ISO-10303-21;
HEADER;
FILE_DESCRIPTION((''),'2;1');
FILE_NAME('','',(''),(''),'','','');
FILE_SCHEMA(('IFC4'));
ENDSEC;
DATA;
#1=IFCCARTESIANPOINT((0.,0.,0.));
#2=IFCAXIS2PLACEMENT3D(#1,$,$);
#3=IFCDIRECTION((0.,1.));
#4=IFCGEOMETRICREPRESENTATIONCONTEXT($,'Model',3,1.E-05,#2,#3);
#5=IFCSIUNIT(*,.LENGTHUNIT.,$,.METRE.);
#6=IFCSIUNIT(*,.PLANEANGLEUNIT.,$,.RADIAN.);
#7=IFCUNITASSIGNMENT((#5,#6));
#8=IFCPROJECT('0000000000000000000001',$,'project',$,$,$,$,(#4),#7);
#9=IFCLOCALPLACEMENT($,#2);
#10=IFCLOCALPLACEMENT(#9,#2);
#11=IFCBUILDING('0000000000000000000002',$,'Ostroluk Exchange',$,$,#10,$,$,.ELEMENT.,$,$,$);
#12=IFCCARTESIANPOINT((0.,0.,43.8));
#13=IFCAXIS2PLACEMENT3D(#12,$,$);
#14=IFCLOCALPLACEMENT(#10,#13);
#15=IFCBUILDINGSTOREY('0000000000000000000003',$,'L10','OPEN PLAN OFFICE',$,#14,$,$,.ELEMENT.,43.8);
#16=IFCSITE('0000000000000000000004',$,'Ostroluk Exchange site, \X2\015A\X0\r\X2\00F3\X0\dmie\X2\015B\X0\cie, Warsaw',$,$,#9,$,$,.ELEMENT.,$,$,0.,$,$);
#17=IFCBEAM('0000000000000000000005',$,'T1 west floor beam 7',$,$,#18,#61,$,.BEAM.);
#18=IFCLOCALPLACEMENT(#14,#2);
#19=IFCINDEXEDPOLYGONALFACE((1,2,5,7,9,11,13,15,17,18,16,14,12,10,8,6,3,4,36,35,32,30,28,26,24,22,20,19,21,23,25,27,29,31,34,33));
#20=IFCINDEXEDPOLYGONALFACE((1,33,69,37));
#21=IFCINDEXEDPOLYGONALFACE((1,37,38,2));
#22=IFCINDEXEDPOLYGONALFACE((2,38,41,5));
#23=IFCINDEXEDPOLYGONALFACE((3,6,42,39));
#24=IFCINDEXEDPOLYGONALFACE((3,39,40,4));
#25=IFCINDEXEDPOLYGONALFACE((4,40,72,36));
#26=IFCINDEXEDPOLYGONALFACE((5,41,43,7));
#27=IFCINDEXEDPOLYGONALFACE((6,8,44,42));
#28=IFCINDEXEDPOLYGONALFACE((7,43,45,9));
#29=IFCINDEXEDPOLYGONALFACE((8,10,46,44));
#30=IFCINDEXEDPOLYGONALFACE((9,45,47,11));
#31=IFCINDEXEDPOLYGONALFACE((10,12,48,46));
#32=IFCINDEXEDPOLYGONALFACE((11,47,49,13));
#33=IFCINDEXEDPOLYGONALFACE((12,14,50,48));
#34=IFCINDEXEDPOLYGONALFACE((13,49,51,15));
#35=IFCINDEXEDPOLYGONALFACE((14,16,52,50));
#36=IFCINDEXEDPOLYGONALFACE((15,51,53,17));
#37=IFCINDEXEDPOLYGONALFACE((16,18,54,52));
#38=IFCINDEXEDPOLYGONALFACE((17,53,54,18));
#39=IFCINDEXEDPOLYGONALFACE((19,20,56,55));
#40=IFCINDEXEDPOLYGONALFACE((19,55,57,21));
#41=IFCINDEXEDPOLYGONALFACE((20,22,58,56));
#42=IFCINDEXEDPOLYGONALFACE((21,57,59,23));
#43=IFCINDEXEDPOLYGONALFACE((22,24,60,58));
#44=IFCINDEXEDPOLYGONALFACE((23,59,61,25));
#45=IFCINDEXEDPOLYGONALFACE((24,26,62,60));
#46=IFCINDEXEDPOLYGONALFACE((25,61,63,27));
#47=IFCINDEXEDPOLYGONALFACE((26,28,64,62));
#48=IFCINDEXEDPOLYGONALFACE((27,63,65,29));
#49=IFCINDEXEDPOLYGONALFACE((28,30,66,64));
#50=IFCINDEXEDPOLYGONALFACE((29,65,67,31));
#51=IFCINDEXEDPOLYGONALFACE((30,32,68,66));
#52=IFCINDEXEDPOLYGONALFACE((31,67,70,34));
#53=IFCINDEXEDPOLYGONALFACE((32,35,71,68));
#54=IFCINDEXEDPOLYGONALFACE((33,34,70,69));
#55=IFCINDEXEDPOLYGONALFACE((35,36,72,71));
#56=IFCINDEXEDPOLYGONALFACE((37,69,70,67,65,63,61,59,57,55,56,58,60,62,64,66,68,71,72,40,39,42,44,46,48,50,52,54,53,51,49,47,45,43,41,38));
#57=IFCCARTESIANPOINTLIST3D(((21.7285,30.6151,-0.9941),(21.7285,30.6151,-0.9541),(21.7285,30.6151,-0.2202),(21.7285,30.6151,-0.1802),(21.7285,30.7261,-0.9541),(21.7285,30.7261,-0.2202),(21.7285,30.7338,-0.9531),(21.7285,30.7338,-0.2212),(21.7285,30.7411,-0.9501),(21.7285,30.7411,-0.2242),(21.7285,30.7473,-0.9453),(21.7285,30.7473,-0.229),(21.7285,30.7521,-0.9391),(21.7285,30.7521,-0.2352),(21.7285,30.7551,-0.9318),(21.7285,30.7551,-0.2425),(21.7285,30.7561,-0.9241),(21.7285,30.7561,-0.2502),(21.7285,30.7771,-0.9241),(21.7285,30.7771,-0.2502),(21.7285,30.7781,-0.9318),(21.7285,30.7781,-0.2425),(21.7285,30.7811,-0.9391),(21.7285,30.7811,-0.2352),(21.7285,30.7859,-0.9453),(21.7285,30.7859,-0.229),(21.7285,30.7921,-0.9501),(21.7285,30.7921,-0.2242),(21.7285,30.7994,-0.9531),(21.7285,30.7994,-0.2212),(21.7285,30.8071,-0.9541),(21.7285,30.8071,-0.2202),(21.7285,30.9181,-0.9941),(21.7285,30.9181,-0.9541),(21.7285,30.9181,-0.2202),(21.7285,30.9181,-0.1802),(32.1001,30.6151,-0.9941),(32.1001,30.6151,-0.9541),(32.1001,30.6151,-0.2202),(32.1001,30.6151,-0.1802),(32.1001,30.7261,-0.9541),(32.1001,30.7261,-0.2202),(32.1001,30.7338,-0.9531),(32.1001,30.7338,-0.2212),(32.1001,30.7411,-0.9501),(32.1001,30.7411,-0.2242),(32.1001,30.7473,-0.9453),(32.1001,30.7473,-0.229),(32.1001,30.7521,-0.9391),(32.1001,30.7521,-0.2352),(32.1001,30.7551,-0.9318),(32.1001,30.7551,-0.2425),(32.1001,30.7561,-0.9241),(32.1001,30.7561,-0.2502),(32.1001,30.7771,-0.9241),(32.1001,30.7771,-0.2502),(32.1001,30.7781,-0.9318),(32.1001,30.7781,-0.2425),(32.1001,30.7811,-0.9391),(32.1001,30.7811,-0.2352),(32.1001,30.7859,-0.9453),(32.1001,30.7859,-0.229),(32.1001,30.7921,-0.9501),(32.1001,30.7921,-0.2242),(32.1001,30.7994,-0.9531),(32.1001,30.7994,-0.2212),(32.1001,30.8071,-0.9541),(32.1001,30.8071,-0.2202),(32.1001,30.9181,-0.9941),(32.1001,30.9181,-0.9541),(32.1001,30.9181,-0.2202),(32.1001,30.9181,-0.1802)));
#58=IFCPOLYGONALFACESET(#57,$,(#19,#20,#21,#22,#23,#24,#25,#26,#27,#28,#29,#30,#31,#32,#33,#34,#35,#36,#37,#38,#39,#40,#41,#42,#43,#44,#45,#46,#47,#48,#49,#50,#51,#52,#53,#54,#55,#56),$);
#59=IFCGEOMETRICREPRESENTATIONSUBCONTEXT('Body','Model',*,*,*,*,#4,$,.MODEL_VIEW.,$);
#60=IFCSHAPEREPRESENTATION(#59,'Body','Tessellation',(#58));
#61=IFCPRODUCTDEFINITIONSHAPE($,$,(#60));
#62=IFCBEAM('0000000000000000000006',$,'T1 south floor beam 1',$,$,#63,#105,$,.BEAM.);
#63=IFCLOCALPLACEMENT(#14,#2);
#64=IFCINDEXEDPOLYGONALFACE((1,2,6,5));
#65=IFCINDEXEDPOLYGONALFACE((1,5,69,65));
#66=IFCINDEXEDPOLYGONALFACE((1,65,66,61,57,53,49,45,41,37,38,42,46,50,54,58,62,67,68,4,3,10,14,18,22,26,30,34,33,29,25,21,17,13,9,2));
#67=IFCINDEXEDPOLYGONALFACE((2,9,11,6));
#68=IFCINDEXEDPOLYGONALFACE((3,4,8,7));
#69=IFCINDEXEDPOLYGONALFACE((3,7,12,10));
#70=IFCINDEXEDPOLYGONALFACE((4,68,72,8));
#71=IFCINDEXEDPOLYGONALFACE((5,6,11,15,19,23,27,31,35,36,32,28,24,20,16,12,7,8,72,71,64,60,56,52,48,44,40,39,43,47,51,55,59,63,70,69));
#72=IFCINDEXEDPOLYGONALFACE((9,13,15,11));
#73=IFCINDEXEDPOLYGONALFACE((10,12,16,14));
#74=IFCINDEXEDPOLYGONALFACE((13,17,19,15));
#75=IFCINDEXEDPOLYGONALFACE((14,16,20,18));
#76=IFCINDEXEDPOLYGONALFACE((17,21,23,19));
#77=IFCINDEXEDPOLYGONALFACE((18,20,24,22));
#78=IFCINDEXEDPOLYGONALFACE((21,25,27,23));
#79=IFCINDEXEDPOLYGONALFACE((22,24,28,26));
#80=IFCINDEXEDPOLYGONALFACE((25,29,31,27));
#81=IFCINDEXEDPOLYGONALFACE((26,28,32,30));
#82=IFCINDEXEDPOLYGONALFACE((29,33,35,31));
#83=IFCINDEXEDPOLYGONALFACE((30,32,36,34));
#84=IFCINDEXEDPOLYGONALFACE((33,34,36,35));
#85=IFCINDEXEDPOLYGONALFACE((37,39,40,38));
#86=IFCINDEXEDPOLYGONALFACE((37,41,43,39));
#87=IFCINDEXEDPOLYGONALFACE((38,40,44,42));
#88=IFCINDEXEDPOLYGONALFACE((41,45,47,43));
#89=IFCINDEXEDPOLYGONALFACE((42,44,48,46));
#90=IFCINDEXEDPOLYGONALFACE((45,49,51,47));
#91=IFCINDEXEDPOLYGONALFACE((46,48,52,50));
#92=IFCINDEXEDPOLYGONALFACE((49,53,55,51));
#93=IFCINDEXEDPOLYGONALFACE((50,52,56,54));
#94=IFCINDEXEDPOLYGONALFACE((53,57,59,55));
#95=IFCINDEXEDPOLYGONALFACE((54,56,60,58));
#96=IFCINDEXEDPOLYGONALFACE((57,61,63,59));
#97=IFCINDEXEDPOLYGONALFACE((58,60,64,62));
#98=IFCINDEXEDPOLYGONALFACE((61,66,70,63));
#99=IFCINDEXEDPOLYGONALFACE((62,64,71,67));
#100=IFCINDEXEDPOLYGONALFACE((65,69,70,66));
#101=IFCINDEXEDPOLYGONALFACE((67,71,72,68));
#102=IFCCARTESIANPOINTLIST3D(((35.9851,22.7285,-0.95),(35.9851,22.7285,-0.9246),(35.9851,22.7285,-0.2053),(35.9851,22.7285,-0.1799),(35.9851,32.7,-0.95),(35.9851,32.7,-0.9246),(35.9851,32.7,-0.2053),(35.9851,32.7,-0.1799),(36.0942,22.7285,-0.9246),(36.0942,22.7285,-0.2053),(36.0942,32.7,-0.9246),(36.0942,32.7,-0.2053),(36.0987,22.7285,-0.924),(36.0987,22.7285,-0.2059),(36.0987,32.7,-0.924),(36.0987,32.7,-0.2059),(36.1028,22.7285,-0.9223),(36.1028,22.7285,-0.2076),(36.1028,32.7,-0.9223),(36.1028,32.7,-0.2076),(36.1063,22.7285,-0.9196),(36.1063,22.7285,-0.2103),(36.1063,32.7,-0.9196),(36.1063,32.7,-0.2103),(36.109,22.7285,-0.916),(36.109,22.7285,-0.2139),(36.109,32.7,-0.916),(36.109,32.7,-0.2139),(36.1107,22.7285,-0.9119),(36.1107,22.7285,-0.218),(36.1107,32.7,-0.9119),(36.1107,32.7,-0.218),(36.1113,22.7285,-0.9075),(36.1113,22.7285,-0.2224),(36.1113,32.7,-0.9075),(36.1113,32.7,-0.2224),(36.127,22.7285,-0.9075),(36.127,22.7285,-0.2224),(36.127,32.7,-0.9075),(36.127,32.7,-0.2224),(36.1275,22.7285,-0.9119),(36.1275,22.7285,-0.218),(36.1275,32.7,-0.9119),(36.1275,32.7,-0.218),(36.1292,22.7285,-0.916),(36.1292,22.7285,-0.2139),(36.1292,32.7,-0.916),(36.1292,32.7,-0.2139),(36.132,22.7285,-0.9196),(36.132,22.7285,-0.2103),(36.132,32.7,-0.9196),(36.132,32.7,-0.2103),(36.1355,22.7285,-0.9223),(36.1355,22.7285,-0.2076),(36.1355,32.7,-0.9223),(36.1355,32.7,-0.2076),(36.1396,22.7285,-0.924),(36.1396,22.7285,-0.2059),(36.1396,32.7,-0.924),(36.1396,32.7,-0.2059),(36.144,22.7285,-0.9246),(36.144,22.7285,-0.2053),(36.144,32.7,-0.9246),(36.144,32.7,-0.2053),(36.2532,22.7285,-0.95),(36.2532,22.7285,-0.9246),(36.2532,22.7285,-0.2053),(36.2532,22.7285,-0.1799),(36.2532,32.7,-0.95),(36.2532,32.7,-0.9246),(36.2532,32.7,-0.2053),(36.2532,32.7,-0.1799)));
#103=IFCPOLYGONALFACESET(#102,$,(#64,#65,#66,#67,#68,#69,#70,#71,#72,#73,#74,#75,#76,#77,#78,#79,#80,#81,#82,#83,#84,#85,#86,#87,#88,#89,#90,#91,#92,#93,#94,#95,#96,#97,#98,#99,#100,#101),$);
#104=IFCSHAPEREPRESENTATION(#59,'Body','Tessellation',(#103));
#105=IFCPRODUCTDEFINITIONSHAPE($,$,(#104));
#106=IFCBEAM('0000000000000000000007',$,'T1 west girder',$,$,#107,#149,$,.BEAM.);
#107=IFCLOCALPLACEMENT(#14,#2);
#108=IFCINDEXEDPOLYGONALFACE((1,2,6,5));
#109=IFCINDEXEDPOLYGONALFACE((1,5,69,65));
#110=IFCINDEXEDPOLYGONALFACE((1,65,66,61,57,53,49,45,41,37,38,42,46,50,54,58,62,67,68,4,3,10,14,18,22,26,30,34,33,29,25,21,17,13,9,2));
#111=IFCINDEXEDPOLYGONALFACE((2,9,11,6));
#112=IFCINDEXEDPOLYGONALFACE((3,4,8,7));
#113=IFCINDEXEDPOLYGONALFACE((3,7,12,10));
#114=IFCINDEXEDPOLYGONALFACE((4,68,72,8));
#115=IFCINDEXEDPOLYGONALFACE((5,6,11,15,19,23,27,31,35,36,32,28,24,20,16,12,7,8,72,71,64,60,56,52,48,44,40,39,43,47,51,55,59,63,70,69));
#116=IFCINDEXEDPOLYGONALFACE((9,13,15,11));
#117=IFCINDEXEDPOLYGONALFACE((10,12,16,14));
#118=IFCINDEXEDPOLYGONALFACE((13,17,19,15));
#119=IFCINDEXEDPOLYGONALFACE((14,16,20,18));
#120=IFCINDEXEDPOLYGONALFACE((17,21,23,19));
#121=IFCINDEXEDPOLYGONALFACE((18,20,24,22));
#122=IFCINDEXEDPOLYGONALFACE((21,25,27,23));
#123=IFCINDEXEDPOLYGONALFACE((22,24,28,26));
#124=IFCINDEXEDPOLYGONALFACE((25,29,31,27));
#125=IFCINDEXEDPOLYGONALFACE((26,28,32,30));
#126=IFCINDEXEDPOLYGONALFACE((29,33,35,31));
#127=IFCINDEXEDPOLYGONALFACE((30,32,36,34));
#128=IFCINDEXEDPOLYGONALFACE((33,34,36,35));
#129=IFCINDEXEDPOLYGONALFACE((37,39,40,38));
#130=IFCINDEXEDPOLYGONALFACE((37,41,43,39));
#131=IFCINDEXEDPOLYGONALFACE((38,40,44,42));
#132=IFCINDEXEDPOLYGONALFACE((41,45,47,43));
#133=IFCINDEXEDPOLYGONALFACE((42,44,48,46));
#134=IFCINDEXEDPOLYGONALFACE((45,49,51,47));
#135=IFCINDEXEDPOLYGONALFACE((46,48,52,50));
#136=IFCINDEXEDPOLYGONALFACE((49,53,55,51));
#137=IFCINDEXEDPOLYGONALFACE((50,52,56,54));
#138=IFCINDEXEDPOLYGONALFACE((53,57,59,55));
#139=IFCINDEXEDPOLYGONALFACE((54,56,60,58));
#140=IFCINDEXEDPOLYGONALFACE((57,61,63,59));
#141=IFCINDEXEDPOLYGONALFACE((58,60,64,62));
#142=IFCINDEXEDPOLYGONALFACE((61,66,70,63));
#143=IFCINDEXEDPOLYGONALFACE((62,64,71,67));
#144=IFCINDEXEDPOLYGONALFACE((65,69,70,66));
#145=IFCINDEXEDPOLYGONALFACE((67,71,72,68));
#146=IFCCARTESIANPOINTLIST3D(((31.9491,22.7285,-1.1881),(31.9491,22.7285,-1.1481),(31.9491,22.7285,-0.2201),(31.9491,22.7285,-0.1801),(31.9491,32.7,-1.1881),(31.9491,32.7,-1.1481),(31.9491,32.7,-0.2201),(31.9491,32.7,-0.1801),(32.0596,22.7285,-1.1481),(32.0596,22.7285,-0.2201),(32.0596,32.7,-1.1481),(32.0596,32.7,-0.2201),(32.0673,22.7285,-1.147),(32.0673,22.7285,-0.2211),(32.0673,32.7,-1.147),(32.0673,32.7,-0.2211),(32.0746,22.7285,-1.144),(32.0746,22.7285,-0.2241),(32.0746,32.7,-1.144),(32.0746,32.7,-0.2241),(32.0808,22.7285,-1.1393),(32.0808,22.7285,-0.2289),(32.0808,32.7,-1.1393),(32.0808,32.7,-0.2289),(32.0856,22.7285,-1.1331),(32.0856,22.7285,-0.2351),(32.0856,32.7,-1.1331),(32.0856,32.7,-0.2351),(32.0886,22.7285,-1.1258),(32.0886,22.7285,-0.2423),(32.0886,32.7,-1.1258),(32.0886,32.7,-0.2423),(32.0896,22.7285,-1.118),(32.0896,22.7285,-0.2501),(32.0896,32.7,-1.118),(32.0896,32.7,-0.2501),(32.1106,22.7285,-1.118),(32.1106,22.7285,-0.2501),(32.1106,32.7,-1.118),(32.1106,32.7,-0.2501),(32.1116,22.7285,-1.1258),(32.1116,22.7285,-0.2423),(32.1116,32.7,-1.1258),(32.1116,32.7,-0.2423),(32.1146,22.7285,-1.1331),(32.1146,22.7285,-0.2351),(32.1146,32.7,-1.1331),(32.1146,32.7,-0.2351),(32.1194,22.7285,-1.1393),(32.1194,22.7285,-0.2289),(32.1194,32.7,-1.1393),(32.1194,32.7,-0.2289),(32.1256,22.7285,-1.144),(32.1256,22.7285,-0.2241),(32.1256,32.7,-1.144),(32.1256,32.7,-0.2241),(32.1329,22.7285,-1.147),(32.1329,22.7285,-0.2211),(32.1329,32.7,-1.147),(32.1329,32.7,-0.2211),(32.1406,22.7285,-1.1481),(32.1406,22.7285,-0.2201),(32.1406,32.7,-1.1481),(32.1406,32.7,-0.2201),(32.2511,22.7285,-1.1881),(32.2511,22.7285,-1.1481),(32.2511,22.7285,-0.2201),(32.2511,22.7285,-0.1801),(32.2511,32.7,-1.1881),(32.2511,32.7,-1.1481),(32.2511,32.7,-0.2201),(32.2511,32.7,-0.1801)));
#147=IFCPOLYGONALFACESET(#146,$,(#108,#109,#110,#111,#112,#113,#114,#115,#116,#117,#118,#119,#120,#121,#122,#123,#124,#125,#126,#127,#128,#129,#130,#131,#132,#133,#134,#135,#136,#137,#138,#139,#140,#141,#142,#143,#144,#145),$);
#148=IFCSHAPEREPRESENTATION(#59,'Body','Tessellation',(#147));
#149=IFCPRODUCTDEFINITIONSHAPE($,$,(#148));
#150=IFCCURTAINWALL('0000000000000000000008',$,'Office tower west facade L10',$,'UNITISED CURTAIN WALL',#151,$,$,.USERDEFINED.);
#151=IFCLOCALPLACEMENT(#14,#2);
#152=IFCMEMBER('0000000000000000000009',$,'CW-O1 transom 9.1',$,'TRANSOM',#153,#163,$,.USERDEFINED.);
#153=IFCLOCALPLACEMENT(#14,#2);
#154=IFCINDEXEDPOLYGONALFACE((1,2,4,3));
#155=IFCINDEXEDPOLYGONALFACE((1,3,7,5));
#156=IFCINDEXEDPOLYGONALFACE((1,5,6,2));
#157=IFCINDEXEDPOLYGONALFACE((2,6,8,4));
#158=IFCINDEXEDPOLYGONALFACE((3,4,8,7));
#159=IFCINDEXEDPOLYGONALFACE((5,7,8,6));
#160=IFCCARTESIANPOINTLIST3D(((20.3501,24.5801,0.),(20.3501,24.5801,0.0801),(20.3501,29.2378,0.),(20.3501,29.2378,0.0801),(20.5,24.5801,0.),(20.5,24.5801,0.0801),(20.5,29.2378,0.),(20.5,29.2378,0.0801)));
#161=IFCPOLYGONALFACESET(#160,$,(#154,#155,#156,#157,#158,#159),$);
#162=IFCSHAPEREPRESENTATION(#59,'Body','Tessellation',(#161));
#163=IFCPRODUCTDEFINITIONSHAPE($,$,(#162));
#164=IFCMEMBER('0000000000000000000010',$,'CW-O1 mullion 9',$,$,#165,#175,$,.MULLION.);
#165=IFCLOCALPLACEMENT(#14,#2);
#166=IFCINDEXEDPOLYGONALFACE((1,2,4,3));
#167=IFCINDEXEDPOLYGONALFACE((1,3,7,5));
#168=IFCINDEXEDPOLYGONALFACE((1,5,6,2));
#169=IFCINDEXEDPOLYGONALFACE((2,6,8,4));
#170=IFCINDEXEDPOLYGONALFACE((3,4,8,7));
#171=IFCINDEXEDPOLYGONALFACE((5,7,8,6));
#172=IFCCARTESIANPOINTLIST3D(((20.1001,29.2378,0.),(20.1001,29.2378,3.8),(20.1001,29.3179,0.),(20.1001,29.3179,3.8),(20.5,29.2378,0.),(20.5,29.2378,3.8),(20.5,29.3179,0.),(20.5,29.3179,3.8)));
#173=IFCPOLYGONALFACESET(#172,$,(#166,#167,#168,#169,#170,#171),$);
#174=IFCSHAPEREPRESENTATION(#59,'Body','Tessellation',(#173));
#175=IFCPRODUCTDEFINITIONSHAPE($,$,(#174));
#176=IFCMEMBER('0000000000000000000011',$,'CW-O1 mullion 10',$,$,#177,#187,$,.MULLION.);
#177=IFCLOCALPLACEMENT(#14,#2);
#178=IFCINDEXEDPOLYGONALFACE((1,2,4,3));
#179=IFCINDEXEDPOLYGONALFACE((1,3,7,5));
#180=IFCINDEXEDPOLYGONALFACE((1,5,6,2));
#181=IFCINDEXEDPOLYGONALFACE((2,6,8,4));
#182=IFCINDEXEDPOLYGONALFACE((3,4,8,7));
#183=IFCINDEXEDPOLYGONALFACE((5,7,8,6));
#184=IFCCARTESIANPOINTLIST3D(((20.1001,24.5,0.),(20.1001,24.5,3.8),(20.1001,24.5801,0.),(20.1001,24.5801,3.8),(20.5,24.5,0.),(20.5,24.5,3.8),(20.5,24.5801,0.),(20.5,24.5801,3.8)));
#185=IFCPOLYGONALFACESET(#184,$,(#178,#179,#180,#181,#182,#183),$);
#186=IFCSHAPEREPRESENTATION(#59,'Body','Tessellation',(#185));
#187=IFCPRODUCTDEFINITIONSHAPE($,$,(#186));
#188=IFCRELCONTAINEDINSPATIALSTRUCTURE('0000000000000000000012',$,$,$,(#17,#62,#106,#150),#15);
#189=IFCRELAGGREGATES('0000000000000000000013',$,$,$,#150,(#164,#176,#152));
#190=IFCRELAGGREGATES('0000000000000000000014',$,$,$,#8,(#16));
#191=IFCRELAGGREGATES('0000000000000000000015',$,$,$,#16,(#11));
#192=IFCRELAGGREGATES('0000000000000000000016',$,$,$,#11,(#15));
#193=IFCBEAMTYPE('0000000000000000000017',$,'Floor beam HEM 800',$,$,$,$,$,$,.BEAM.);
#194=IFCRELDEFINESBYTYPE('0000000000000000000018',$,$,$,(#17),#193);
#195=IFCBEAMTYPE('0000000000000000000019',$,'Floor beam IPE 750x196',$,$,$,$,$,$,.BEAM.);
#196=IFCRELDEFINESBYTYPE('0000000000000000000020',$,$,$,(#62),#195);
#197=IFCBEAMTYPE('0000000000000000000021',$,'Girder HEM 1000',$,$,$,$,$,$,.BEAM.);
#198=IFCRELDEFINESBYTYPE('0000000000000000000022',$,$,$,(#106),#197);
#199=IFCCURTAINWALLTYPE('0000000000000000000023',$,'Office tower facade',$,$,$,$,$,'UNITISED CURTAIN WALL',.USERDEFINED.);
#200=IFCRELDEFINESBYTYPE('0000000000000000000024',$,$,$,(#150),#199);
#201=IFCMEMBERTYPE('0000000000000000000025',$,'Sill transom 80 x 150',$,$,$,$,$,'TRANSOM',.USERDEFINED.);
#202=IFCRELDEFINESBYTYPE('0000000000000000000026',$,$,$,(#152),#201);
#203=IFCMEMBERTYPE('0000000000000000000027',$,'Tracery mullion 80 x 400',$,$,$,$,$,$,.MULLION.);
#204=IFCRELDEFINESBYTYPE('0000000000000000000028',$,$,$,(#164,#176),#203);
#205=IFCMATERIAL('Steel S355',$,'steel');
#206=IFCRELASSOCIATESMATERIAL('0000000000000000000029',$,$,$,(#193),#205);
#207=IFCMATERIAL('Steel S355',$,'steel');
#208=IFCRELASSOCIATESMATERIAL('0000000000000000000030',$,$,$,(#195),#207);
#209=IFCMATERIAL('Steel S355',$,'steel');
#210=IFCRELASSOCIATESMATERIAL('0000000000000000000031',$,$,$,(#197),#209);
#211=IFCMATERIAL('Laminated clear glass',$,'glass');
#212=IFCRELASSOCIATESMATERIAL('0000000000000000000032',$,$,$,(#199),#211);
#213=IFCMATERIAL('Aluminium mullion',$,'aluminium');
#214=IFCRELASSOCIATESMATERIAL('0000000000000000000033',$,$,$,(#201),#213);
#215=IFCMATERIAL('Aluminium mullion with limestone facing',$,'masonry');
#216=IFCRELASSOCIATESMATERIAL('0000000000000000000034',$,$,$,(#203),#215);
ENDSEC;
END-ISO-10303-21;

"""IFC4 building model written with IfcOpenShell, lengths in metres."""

from ifc_helpers import new_model, si_unit, direction, frame, origin, origin_2d, place, context, subcontext, project, spatial, rectangle, i_section, extrude, material, material_profile, profile_set, type_object, element, aggregate, save


model = new_model("IFC4")

# Units and contexts
model_context = context("Model", 3, precision=1e-05, world=origin(), true_north=direction((0.0, 1.0)))
body_context = subcontext(model_context, "Body", "Model", "MODEL_VIEW")
ifc_project = project(units=[si_unit("LENGTHUNIT", "METRE"), si_unit("PLANEANGLEUNIT", "RADIAN")], contexts=[model_context])

# Site, building, storey
site_placement = place(None, origin())
site = spatial("IfcSite", under=ifc_project, at=site_placement, Name="Ostroluk Exchange site, Śródmieście, Warsaw", CompositionType="ELEMENT", RefElevation=0.0)
building_placement = place(site_placement, origin())
building = spatial("IfcBuilding", under=site, at=building_placement, Name="Ostroluk Exchange", CompositionType="ELEMENT")
storey_placement = place(building_placement, frame((0.0, 0.0, 43.8)))
storey = spatial("IfcBuildingStorey", under=building, at=storey_placement, Name="L10", Description="OPEN PLAN OFFICE", CompositionType="ELEMENT", Elevation=43.8)

# Beams
ifc_material_1 = material(Name="Steel S355", Category="steel")
ifc_material_profile_1 = material_profile(ifc_material_1, i_section(OverallWidth=0.303, OverallDepth=0.814, WebThickness=0.021, FlangeThickness=0.04, FilletRadius=0.03, at=origin_2d()), Name="HEM 800")
ifc_profile_set_1 = profile_set([ifc_material_profile_1], Name="Steel S355")
beam_type_1 = type_object("IfcBeamType", Name="Floor beam HEM 800", PredefinedType="BEAM", material=ifc_profile_set_1)
beam_1_placement = place(storey_placement, frame((32.1001, 30.7666, -0.5872), z_axis=(-1.0, 0.0, 0.0), x_axis=(0.0, -1.0, 0.0)))
element("IfcBeam", 1, at=beam_1_placement, inside=storey, type_object=beam_type_1, Name="T1 west floor beam 7", PredefinedType="BEAM", context=body_context, shape_type="SweptSolid", body=[
    extrude(i_section(OverallWidth=0.303, OverallDepth=0.814, WebThickness=0.021, FlangeThickness=0.04, FilletRadius=0.03, at=origin_2d()), origin(), (0.0, 0.0, 1.0), 10.3716),
])
ifc_material_2 = material(Name="Steel S355", Category="steel")
ifc_material_profile_2 = material_profile(ifc_material_2, i_section(OverallWidth=0.2681, OverallDepth=0.77, WebThickness=0.0156, FlangeThickness=0.0254, FilletRadius=0.0171, at=origin_2d()), Name="IPE 750x196")
ifc_profile_set_2 = profile_set([ifc_material_profile_2], Name="Steel S355")
beam_type_2 = type_object("IfcBeamType", Name="Floor beam IPE 750x196", PredefinedType="BEAM", material=ifc_profile_set_2)
beam_2_placement = place(storey_placement, frame((36.1191, 32.7, -0.5649), z_axis=(0.0, -1.0, 0.0), x_axis=(1.0, 0.0, 0.0)))
element("IfcBeam", 2, at=beam_2_placement, inside=storey, type_object=beam_type_2, Name="T1 south floor beam 1", PredefinedType="BEAM", context=body_context, shape_type="SweptSolid", body=[
    extrude(i_section(OverallWidth=0.2681, OverallDepth=0.77, WebThickness=0.0156, FlangeThickness=0.0254, FilletRadius=0.0171, at=origin_2d()), origin(), (0.0, 0.0, 1.0), 9.9714),
])
ifc_material_3 = material(Name="Steel S355", Category="steel")
ifc_material_profile_3 = material_profile(ifc_material_3, i_section(OverallWidth=0.302, OverallDepth=1.0081, WebThickness=0.021, FlangeThickness=0.04, FilletRadius=0.03, at=origin_2d()), Name="HEM 1000")
ifc_profile_set_3 = profile_set([ifc_material_profile_3], Name="Steel S355")
beam_type_3 = type_object("IfcBeamType", Name="Girder HEM 1000", PredefinedType="BEAM", material=ifc_profile_set_3)
beam_3_placement = place(storey_placement, frame((32.1001, 32.7, -0.6841), z_axis=(0.0, -1.0, 0.0), x_axis=(1.0, 0.0, 0.0)))
element("IfcBeam", 3, at=beam_3_placement, inside=storey, type_object=beam_type_3, Name="T1 west girder", PredefinedType="BEAM", context=body_context, shape_type="SweptSolid", body=[
    extrude(i_section(OverallWidth=0.302, OverallDepth=1.0081, WebThickness=0.021, FlangeThickness=0.04, FilletRadius=0.03, at=origin_2d()), origin(), (0.0, 0.0, 1.0), 9.9714),
])

# Curtain wall, members
ifc_material_4 = material(Name="Laminated clear glass", Category="glass")
curtain_wall_type = type_object("IfcCurtainWallType", Name="Office tower facade", ElementType="UNITISED CURTAIN WALL", PredefinedType="USERDEFINED", material=ifc_material_4)
curtain_wall_placement = place(storey_placement, origin())
curtain_wall = element("IfcCurtainWall", 4, at=curtain_wall_placement, inside=storey, type_object=curtain_wall_type, Name="Office tower west facade L10", ObjectType="UNITISED CURTAIN WALL", PredefinedType="USERDEFINED")
ifc_material_5 = material(Name="Aluminium mullion", Category="aluminium")
ifc_material_profile_4 = material_profile(ifc_material_5, rectangle(XDim=0.1499, YDim=0.0801, at=origin_2d()), Name="Sill transom 80 x 150")
ifc_profile_set_4 = profile_set([ifc_material_profile_4], Name="Aluminium mullion")
member_type_1 = type_object("IfcMemberType", Name="Sill transom 80 x 150", ElementType="TRANSOM", PredefinedType="USERDEFINED", material=ifc_profile_set_4)
member_1_placement = place(storey_placement, frame((20.425, 29.2378, 0.04), z_axis=(0.0, -1.0, 0.0), x_axis=(1.0, 0.0, 0.0)))
member_1 = element("IfcMember", 5, at=member_1_placement, type_object=member_type_1, Name="CW-O1 transom 9.1", ObjectType="TRANSOM", PredefinedType="USERDEFINED", context=body_context, shape_type="SweptSolid", body=[
    extrude(rectangle(XDim=0.1499, YDim=0.0801, at=origin_2d()), origin(), (0.0, 0.0, 1.0), 4.6577),
])
ifc_material_6 = material(Name="Aluminium mullion with limestone facing", Category="masonry")
ifc_material_profile_5 = material_profile(ifc_material_6, rectangle(XDim=0.3999, YDim=0.0801, at=origin_2d()), Name="Tracery mullion 80 x 400")
ifc_profile_set_5 = profile_set([ifc_material_profile_5], Name="Aluminium mullion with limestone facing")
member_type_2 = type_object("IfcMemberType", Name="Tracery mullion 80 x 400", PredefinedType="MULLION", material=ifc_profile_set_5)
member_2_placement = place(storey_placement, frame((20.3, 29.2778, 0.0), z_axis=(0.0, 0.0, 1.0), x_axis=(1.0, 0.0, 0.0)))
member_2 = element("IfcMember", 6, at=member_2_placement, type_object=member_type_2, Name="CW-O1 mullion 9", PredefinedType="MULLION", context=body_context, shape_type="SweptSolid", body=[
    extrude(rectangle(XDim=0.3999, YDim=0.0801, at=origin_2d()), origin(), (0.0, 0.0, 1.0), 3.8),
])
member_3_placement = place(storey_placement, frame((20.3, 24.54, 0.0), z_axis=(0.0, 0.0, 1.0), x_axis=(1.0, 0.0, 0.0)))
member_3 = element("IfcMember", 7, at=member_3_placement, type_object=member_type_2, Name="CW-O1 mullion 10", PredefinedType="MULLION", context=body_context, shape_type="SweptSolid", body=[
    extrude(rectangle(XDim=0.3999, YDim=0.0801, at=origin_2d()), origin(), (0.0, 0.0, 1.0), 3.8),
])
aggregate(curtain_wall, [member_2, member_3, member_1])

save(model, "model.ifc")
